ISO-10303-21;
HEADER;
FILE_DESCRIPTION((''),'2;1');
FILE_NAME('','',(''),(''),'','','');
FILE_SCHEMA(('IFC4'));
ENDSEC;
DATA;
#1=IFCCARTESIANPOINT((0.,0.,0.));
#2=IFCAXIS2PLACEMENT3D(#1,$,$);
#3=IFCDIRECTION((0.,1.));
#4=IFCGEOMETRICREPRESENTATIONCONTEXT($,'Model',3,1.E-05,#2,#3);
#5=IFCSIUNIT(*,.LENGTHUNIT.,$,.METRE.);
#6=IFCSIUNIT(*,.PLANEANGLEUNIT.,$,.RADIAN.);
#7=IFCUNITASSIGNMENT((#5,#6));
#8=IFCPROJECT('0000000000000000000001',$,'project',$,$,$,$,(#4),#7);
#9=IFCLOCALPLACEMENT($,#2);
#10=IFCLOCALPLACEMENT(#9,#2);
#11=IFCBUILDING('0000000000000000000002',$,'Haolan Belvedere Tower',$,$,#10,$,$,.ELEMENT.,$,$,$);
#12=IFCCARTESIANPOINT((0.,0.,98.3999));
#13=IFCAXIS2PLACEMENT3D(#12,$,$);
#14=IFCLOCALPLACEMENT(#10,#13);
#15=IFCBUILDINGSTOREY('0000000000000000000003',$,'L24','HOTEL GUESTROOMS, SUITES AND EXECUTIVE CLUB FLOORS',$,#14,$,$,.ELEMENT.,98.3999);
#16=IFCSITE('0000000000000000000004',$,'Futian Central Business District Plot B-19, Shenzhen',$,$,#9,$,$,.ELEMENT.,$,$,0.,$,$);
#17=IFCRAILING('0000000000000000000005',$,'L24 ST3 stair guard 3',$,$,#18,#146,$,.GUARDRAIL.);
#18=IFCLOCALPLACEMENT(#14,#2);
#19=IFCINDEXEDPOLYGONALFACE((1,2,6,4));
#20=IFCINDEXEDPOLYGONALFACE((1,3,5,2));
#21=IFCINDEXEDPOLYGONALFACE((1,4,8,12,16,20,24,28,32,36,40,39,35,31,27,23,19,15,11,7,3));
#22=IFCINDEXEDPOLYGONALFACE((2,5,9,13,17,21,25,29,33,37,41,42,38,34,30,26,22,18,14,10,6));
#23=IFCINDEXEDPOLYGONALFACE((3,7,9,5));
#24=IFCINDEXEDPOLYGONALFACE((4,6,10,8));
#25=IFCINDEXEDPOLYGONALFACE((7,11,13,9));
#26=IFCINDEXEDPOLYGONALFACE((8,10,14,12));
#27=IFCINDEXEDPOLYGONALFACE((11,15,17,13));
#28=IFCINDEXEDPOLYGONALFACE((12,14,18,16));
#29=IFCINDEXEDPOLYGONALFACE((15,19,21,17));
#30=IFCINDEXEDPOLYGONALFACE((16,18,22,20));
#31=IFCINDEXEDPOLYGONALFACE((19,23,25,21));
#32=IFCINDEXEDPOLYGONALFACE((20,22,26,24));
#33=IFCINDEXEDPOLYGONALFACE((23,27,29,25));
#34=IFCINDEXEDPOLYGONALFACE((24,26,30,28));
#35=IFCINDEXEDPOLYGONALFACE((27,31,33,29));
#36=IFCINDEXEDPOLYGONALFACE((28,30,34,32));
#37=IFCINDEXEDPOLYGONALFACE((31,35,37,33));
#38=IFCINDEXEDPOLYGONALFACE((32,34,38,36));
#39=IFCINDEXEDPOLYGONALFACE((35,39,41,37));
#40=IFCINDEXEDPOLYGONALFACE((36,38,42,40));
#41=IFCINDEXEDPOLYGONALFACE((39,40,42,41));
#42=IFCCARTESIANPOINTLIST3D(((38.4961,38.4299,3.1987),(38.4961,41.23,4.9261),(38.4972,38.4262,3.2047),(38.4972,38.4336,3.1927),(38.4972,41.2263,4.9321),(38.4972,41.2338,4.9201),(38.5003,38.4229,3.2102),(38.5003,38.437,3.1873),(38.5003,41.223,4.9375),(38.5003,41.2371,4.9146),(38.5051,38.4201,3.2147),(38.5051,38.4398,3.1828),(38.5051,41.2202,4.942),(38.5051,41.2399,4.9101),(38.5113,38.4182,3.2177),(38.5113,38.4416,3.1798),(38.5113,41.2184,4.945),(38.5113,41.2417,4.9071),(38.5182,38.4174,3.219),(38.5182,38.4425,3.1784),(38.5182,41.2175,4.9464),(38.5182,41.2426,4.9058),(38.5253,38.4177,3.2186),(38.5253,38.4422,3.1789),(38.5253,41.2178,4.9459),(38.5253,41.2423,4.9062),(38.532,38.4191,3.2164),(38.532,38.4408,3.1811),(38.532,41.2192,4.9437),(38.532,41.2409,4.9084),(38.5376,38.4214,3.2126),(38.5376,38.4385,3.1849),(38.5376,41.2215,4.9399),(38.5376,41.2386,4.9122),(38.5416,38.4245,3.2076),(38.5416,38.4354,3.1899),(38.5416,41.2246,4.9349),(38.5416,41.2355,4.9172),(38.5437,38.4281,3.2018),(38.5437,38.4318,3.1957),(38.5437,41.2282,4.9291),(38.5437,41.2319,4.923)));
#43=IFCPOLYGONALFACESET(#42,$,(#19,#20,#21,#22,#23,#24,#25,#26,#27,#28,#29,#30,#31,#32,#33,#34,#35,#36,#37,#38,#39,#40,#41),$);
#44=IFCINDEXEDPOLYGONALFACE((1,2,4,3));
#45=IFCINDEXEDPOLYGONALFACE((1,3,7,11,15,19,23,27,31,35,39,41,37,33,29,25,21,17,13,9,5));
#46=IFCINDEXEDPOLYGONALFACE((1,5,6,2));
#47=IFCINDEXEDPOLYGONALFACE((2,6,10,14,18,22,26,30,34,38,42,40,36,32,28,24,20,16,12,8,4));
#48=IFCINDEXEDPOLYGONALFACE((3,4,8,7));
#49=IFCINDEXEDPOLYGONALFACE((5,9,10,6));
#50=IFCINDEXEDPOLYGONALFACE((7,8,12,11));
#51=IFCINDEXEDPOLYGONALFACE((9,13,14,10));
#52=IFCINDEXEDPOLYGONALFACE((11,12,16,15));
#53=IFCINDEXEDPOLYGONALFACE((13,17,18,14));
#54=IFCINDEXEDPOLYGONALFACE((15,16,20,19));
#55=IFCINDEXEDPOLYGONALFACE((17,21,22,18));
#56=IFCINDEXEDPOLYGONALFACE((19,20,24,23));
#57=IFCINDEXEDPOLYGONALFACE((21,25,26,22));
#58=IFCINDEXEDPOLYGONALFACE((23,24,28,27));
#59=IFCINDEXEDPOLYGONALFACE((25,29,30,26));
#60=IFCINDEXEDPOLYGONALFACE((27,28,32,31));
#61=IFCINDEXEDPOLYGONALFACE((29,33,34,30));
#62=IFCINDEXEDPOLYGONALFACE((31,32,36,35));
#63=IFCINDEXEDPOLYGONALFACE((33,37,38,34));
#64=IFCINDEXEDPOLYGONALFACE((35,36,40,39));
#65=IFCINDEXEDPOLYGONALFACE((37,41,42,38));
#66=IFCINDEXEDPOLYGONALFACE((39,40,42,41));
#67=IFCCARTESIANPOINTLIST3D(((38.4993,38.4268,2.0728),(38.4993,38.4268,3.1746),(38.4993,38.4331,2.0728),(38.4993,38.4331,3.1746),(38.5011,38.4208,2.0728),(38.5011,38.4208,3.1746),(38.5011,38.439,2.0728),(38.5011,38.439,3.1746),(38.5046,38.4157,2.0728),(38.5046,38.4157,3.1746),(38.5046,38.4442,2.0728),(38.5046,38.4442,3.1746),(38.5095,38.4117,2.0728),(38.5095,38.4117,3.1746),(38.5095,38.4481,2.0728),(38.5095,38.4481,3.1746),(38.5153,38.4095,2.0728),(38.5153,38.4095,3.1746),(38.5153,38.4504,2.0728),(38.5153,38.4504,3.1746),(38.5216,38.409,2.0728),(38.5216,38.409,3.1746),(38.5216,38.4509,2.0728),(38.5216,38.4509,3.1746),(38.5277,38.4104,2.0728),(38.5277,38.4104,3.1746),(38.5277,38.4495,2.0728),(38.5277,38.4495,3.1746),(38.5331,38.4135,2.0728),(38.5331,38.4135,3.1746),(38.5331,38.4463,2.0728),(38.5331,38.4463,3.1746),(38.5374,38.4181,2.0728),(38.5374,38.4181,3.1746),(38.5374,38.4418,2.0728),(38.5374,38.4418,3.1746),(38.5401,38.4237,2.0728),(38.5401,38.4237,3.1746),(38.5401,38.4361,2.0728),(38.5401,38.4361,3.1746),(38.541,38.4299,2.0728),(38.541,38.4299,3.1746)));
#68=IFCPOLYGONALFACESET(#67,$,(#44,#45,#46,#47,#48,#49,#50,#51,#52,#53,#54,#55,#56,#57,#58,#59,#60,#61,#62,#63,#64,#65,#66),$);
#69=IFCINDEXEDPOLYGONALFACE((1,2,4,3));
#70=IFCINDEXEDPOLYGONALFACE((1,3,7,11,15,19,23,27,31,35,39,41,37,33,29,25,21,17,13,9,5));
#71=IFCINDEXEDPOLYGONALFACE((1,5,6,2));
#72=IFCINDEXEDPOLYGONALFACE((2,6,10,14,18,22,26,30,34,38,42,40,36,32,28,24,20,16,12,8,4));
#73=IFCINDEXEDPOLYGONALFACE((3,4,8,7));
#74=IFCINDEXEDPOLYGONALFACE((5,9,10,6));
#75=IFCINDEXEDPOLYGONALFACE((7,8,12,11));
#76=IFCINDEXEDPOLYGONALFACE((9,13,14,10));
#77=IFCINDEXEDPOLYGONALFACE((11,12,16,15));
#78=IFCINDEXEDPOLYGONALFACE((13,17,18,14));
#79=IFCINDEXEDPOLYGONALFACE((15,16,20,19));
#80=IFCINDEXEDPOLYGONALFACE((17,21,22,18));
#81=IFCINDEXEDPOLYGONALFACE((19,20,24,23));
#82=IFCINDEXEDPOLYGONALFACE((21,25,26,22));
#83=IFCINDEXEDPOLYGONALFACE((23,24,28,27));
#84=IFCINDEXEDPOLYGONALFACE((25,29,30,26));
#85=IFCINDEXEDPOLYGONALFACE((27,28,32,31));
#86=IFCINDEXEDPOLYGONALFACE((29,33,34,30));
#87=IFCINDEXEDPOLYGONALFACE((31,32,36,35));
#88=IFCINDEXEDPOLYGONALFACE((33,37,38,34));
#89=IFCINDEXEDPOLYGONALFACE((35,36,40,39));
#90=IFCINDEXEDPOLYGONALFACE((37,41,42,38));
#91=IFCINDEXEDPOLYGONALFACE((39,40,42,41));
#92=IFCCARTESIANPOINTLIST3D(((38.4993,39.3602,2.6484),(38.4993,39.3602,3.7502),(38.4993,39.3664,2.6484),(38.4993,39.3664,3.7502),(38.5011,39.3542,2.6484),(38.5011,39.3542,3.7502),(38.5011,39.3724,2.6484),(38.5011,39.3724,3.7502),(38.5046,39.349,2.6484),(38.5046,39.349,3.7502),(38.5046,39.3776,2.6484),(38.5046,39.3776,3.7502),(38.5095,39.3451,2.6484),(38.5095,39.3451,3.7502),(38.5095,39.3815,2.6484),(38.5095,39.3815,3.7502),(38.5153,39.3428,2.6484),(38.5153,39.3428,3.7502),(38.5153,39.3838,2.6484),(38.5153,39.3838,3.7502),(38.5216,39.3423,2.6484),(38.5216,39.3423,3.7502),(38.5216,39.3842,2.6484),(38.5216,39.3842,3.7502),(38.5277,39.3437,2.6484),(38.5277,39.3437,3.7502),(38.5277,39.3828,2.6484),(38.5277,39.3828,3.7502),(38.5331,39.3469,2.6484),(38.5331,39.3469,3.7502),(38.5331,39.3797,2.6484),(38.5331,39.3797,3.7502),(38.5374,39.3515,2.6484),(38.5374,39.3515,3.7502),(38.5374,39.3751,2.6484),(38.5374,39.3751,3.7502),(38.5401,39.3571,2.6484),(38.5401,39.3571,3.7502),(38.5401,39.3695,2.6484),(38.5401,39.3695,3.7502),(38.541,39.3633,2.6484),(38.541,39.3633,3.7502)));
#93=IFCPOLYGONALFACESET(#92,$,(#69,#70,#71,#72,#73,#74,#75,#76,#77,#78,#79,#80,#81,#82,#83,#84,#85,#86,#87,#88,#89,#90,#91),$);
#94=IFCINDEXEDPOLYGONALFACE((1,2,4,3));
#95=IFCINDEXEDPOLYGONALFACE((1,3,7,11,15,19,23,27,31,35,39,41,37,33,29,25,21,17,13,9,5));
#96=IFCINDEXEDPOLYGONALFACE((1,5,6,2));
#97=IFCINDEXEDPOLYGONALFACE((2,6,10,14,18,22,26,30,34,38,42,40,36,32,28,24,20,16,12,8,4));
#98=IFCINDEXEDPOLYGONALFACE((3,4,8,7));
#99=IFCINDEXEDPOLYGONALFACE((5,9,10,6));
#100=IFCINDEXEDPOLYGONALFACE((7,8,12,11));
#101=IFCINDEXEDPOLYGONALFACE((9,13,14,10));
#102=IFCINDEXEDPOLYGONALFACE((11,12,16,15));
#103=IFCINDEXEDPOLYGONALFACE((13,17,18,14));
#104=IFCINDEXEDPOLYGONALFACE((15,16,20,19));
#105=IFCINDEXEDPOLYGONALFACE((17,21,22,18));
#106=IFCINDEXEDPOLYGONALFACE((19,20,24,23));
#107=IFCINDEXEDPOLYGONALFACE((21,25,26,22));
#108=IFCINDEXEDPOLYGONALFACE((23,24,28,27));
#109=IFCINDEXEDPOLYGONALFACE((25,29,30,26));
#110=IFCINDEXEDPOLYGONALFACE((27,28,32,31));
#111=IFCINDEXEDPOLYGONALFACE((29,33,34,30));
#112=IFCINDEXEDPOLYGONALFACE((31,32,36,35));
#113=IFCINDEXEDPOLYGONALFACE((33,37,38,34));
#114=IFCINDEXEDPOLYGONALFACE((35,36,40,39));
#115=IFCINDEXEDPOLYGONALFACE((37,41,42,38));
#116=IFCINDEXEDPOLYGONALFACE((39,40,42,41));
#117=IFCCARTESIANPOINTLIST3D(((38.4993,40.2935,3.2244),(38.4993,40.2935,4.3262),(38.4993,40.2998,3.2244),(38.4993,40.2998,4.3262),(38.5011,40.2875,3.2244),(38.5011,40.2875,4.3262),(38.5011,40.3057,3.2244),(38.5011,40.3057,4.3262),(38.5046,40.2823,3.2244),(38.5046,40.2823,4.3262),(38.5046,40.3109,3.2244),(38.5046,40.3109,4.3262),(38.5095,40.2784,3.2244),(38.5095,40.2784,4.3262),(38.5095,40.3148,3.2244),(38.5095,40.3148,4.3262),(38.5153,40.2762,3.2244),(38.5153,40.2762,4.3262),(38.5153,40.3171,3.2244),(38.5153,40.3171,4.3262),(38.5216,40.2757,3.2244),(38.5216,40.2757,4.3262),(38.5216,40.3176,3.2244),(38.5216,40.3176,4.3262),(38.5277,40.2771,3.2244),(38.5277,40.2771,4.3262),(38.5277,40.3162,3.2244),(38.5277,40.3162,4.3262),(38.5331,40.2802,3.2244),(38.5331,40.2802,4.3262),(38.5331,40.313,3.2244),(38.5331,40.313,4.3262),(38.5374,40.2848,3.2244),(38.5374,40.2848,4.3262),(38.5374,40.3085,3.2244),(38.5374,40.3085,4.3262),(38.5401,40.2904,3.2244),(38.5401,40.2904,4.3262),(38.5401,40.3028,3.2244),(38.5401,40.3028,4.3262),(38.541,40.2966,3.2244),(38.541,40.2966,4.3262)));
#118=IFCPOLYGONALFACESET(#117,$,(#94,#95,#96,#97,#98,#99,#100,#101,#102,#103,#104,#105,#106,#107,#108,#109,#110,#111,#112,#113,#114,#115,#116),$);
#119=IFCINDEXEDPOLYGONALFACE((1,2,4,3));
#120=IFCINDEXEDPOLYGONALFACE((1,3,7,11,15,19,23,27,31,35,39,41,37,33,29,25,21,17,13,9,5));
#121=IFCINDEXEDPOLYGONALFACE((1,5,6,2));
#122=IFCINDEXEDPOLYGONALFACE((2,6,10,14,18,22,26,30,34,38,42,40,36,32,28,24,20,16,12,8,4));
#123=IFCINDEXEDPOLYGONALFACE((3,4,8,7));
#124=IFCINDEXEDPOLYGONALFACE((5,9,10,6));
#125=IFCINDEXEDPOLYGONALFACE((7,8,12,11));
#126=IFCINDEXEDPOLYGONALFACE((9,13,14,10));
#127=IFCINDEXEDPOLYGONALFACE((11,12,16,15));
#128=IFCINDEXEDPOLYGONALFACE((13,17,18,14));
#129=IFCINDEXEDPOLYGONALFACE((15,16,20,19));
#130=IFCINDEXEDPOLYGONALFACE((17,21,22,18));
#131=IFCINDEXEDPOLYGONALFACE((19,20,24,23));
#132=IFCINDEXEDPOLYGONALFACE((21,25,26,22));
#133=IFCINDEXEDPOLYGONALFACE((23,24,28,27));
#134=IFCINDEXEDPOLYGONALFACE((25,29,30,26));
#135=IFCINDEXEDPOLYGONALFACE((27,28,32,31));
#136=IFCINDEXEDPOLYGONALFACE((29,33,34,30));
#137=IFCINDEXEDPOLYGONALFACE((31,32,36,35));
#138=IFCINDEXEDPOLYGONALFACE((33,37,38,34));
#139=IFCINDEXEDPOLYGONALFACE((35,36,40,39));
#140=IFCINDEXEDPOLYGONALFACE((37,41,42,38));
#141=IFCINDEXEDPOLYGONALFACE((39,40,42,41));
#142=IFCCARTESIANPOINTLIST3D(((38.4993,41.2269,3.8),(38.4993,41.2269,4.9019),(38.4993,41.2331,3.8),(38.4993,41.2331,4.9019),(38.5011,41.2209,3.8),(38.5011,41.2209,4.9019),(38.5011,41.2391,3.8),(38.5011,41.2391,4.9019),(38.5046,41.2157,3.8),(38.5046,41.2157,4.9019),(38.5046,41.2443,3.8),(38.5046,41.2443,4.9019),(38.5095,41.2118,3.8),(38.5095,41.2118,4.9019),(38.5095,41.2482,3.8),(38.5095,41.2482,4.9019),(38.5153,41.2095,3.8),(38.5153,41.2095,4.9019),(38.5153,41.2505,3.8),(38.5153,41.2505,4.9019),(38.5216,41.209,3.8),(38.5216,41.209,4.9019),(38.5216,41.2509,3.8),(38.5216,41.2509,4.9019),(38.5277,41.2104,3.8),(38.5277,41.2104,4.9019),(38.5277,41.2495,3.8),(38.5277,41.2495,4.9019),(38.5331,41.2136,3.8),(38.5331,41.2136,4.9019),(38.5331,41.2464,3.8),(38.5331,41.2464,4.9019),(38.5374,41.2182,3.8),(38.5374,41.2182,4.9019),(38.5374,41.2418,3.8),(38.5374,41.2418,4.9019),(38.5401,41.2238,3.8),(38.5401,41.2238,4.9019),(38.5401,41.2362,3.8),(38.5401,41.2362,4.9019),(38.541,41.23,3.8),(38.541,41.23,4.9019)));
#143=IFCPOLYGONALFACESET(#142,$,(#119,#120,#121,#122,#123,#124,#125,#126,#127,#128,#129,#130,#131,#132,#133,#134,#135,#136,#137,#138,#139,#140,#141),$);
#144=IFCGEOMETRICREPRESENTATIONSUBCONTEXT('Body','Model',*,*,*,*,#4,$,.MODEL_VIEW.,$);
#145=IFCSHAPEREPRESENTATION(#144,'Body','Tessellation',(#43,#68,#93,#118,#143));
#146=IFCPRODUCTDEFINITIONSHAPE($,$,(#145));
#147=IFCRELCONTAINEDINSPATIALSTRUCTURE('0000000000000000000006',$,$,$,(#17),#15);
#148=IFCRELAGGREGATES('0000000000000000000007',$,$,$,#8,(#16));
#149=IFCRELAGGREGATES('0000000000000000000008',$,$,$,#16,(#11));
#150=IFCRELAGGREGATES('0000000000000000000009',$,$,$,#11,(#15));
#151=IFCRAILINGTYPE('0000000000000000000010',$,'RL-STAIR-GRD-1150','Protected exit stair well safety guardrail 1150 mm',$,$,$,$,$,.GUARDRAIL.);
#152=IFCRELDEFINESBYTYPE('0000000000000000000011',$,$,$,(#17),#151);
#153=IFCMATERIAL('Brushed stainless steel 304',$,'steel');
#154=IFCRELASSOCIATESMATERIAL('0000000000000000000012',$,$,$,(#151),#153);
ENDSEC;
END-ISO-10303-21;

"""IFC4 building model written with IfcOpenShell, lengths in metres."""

from ifc_helpers import new_model, si_unit, direction, frame, origin, origin_2d, place, context, subcontext, project, spatial, circle, extrude, material, type_object, element, save


model = new_model("IFC4")

# Units and contexts
model_context = context("Model", 3, precision=1e-05, world=origin(), true_north=direction((0.0, 1.0)))
body_context = subcontext(model_context, "Body", "Model", "MODEL_VIEW")
ifc_project = project(units=[si_unit("LENGTHUNIT", "METRE"), si_unit("PLANEANGLEUNIT", "RADIAN")], contexts=[model_context])

# Site, building, storey
site_placement = place(None, origin())
site = spatial("IfcSite", under=ifc_project, at=site_placement, Name="Futian Central Business District Plot B-19, Shenzhen", CompositionType="ELEMENT", RefElevation=0.0)
building_placement = place(site_placement, origin())
building = spatial("IfcBuilding", under=site, at=building_placement, Name="Haolan Belvedere Tower", CompositionType="ELEMENT")
storey_placement = place(building_placement, frame((0.0, 0.0, 98.3999)))
storey = spatial("IfcBuildingStorey", under=building, at=storey_placement, Name="L24", Description="HOTEL GUESTROOMS, SUITES AND EXECUTIVE CLUB FLOORS", CompositionType="ELEMENT", Elevation=98.3999)

# Railing
ifc_material_1 = material(Name="Brushed stainless steel 304", Category="steel")
railing_type_1 = type_object("IfcRailingType", Name="RL-STAIR-GRD-1150", Description="Protected exit stair well safety guardrail 1150 mm", PredefinedType="GUARDRAIL", material=ifc_material_1)
railing_1_placement = place(storey_placement, frame((38.52, 38.4299, 2.0728)))
element("IfcRailing", 1, at=railing_1_placement, inside=storey, type_object=railing_type_1, Name="L24 ST3 stair guard 3", PredefinedType="GUARDRAIL", context=body_context, shape_type="SweptSolid", body=[
    extrude(circle(Radius=0.0239, at=origin_2d()), frame((0.0, 0.0, 1.126), z_axis=(0.0, 0.85109, 0.52502), x_axis=(-1.0, 0.0, 0.0)), (0.0, 0.0, 1.0), 3.29),
    extrude(circle(Radius=0.021, at=origin_2d()), origin(), (0.0, 0.0, 1.0), 1.1018),
    extrude(circle(Radius=0.021, at=origin_2d()), frame((0.0, 0.9333, 0.5757)), (0.0, 0.0, 1.0), 1.1018),
    extrude(circle(Radius=0.021, at=origin_2d()), frame((0.0, 1.8667, 1.1516)), (0.0, 0.0, 1.0), 1.1018),
    extrude(circle(Radius=0.021, at=origin_2d()), frame((0.0, 2.8, 1.7273)), (0.0, 0.0, 1.0), 1.1018),
])

save(model, "model.ifc")
